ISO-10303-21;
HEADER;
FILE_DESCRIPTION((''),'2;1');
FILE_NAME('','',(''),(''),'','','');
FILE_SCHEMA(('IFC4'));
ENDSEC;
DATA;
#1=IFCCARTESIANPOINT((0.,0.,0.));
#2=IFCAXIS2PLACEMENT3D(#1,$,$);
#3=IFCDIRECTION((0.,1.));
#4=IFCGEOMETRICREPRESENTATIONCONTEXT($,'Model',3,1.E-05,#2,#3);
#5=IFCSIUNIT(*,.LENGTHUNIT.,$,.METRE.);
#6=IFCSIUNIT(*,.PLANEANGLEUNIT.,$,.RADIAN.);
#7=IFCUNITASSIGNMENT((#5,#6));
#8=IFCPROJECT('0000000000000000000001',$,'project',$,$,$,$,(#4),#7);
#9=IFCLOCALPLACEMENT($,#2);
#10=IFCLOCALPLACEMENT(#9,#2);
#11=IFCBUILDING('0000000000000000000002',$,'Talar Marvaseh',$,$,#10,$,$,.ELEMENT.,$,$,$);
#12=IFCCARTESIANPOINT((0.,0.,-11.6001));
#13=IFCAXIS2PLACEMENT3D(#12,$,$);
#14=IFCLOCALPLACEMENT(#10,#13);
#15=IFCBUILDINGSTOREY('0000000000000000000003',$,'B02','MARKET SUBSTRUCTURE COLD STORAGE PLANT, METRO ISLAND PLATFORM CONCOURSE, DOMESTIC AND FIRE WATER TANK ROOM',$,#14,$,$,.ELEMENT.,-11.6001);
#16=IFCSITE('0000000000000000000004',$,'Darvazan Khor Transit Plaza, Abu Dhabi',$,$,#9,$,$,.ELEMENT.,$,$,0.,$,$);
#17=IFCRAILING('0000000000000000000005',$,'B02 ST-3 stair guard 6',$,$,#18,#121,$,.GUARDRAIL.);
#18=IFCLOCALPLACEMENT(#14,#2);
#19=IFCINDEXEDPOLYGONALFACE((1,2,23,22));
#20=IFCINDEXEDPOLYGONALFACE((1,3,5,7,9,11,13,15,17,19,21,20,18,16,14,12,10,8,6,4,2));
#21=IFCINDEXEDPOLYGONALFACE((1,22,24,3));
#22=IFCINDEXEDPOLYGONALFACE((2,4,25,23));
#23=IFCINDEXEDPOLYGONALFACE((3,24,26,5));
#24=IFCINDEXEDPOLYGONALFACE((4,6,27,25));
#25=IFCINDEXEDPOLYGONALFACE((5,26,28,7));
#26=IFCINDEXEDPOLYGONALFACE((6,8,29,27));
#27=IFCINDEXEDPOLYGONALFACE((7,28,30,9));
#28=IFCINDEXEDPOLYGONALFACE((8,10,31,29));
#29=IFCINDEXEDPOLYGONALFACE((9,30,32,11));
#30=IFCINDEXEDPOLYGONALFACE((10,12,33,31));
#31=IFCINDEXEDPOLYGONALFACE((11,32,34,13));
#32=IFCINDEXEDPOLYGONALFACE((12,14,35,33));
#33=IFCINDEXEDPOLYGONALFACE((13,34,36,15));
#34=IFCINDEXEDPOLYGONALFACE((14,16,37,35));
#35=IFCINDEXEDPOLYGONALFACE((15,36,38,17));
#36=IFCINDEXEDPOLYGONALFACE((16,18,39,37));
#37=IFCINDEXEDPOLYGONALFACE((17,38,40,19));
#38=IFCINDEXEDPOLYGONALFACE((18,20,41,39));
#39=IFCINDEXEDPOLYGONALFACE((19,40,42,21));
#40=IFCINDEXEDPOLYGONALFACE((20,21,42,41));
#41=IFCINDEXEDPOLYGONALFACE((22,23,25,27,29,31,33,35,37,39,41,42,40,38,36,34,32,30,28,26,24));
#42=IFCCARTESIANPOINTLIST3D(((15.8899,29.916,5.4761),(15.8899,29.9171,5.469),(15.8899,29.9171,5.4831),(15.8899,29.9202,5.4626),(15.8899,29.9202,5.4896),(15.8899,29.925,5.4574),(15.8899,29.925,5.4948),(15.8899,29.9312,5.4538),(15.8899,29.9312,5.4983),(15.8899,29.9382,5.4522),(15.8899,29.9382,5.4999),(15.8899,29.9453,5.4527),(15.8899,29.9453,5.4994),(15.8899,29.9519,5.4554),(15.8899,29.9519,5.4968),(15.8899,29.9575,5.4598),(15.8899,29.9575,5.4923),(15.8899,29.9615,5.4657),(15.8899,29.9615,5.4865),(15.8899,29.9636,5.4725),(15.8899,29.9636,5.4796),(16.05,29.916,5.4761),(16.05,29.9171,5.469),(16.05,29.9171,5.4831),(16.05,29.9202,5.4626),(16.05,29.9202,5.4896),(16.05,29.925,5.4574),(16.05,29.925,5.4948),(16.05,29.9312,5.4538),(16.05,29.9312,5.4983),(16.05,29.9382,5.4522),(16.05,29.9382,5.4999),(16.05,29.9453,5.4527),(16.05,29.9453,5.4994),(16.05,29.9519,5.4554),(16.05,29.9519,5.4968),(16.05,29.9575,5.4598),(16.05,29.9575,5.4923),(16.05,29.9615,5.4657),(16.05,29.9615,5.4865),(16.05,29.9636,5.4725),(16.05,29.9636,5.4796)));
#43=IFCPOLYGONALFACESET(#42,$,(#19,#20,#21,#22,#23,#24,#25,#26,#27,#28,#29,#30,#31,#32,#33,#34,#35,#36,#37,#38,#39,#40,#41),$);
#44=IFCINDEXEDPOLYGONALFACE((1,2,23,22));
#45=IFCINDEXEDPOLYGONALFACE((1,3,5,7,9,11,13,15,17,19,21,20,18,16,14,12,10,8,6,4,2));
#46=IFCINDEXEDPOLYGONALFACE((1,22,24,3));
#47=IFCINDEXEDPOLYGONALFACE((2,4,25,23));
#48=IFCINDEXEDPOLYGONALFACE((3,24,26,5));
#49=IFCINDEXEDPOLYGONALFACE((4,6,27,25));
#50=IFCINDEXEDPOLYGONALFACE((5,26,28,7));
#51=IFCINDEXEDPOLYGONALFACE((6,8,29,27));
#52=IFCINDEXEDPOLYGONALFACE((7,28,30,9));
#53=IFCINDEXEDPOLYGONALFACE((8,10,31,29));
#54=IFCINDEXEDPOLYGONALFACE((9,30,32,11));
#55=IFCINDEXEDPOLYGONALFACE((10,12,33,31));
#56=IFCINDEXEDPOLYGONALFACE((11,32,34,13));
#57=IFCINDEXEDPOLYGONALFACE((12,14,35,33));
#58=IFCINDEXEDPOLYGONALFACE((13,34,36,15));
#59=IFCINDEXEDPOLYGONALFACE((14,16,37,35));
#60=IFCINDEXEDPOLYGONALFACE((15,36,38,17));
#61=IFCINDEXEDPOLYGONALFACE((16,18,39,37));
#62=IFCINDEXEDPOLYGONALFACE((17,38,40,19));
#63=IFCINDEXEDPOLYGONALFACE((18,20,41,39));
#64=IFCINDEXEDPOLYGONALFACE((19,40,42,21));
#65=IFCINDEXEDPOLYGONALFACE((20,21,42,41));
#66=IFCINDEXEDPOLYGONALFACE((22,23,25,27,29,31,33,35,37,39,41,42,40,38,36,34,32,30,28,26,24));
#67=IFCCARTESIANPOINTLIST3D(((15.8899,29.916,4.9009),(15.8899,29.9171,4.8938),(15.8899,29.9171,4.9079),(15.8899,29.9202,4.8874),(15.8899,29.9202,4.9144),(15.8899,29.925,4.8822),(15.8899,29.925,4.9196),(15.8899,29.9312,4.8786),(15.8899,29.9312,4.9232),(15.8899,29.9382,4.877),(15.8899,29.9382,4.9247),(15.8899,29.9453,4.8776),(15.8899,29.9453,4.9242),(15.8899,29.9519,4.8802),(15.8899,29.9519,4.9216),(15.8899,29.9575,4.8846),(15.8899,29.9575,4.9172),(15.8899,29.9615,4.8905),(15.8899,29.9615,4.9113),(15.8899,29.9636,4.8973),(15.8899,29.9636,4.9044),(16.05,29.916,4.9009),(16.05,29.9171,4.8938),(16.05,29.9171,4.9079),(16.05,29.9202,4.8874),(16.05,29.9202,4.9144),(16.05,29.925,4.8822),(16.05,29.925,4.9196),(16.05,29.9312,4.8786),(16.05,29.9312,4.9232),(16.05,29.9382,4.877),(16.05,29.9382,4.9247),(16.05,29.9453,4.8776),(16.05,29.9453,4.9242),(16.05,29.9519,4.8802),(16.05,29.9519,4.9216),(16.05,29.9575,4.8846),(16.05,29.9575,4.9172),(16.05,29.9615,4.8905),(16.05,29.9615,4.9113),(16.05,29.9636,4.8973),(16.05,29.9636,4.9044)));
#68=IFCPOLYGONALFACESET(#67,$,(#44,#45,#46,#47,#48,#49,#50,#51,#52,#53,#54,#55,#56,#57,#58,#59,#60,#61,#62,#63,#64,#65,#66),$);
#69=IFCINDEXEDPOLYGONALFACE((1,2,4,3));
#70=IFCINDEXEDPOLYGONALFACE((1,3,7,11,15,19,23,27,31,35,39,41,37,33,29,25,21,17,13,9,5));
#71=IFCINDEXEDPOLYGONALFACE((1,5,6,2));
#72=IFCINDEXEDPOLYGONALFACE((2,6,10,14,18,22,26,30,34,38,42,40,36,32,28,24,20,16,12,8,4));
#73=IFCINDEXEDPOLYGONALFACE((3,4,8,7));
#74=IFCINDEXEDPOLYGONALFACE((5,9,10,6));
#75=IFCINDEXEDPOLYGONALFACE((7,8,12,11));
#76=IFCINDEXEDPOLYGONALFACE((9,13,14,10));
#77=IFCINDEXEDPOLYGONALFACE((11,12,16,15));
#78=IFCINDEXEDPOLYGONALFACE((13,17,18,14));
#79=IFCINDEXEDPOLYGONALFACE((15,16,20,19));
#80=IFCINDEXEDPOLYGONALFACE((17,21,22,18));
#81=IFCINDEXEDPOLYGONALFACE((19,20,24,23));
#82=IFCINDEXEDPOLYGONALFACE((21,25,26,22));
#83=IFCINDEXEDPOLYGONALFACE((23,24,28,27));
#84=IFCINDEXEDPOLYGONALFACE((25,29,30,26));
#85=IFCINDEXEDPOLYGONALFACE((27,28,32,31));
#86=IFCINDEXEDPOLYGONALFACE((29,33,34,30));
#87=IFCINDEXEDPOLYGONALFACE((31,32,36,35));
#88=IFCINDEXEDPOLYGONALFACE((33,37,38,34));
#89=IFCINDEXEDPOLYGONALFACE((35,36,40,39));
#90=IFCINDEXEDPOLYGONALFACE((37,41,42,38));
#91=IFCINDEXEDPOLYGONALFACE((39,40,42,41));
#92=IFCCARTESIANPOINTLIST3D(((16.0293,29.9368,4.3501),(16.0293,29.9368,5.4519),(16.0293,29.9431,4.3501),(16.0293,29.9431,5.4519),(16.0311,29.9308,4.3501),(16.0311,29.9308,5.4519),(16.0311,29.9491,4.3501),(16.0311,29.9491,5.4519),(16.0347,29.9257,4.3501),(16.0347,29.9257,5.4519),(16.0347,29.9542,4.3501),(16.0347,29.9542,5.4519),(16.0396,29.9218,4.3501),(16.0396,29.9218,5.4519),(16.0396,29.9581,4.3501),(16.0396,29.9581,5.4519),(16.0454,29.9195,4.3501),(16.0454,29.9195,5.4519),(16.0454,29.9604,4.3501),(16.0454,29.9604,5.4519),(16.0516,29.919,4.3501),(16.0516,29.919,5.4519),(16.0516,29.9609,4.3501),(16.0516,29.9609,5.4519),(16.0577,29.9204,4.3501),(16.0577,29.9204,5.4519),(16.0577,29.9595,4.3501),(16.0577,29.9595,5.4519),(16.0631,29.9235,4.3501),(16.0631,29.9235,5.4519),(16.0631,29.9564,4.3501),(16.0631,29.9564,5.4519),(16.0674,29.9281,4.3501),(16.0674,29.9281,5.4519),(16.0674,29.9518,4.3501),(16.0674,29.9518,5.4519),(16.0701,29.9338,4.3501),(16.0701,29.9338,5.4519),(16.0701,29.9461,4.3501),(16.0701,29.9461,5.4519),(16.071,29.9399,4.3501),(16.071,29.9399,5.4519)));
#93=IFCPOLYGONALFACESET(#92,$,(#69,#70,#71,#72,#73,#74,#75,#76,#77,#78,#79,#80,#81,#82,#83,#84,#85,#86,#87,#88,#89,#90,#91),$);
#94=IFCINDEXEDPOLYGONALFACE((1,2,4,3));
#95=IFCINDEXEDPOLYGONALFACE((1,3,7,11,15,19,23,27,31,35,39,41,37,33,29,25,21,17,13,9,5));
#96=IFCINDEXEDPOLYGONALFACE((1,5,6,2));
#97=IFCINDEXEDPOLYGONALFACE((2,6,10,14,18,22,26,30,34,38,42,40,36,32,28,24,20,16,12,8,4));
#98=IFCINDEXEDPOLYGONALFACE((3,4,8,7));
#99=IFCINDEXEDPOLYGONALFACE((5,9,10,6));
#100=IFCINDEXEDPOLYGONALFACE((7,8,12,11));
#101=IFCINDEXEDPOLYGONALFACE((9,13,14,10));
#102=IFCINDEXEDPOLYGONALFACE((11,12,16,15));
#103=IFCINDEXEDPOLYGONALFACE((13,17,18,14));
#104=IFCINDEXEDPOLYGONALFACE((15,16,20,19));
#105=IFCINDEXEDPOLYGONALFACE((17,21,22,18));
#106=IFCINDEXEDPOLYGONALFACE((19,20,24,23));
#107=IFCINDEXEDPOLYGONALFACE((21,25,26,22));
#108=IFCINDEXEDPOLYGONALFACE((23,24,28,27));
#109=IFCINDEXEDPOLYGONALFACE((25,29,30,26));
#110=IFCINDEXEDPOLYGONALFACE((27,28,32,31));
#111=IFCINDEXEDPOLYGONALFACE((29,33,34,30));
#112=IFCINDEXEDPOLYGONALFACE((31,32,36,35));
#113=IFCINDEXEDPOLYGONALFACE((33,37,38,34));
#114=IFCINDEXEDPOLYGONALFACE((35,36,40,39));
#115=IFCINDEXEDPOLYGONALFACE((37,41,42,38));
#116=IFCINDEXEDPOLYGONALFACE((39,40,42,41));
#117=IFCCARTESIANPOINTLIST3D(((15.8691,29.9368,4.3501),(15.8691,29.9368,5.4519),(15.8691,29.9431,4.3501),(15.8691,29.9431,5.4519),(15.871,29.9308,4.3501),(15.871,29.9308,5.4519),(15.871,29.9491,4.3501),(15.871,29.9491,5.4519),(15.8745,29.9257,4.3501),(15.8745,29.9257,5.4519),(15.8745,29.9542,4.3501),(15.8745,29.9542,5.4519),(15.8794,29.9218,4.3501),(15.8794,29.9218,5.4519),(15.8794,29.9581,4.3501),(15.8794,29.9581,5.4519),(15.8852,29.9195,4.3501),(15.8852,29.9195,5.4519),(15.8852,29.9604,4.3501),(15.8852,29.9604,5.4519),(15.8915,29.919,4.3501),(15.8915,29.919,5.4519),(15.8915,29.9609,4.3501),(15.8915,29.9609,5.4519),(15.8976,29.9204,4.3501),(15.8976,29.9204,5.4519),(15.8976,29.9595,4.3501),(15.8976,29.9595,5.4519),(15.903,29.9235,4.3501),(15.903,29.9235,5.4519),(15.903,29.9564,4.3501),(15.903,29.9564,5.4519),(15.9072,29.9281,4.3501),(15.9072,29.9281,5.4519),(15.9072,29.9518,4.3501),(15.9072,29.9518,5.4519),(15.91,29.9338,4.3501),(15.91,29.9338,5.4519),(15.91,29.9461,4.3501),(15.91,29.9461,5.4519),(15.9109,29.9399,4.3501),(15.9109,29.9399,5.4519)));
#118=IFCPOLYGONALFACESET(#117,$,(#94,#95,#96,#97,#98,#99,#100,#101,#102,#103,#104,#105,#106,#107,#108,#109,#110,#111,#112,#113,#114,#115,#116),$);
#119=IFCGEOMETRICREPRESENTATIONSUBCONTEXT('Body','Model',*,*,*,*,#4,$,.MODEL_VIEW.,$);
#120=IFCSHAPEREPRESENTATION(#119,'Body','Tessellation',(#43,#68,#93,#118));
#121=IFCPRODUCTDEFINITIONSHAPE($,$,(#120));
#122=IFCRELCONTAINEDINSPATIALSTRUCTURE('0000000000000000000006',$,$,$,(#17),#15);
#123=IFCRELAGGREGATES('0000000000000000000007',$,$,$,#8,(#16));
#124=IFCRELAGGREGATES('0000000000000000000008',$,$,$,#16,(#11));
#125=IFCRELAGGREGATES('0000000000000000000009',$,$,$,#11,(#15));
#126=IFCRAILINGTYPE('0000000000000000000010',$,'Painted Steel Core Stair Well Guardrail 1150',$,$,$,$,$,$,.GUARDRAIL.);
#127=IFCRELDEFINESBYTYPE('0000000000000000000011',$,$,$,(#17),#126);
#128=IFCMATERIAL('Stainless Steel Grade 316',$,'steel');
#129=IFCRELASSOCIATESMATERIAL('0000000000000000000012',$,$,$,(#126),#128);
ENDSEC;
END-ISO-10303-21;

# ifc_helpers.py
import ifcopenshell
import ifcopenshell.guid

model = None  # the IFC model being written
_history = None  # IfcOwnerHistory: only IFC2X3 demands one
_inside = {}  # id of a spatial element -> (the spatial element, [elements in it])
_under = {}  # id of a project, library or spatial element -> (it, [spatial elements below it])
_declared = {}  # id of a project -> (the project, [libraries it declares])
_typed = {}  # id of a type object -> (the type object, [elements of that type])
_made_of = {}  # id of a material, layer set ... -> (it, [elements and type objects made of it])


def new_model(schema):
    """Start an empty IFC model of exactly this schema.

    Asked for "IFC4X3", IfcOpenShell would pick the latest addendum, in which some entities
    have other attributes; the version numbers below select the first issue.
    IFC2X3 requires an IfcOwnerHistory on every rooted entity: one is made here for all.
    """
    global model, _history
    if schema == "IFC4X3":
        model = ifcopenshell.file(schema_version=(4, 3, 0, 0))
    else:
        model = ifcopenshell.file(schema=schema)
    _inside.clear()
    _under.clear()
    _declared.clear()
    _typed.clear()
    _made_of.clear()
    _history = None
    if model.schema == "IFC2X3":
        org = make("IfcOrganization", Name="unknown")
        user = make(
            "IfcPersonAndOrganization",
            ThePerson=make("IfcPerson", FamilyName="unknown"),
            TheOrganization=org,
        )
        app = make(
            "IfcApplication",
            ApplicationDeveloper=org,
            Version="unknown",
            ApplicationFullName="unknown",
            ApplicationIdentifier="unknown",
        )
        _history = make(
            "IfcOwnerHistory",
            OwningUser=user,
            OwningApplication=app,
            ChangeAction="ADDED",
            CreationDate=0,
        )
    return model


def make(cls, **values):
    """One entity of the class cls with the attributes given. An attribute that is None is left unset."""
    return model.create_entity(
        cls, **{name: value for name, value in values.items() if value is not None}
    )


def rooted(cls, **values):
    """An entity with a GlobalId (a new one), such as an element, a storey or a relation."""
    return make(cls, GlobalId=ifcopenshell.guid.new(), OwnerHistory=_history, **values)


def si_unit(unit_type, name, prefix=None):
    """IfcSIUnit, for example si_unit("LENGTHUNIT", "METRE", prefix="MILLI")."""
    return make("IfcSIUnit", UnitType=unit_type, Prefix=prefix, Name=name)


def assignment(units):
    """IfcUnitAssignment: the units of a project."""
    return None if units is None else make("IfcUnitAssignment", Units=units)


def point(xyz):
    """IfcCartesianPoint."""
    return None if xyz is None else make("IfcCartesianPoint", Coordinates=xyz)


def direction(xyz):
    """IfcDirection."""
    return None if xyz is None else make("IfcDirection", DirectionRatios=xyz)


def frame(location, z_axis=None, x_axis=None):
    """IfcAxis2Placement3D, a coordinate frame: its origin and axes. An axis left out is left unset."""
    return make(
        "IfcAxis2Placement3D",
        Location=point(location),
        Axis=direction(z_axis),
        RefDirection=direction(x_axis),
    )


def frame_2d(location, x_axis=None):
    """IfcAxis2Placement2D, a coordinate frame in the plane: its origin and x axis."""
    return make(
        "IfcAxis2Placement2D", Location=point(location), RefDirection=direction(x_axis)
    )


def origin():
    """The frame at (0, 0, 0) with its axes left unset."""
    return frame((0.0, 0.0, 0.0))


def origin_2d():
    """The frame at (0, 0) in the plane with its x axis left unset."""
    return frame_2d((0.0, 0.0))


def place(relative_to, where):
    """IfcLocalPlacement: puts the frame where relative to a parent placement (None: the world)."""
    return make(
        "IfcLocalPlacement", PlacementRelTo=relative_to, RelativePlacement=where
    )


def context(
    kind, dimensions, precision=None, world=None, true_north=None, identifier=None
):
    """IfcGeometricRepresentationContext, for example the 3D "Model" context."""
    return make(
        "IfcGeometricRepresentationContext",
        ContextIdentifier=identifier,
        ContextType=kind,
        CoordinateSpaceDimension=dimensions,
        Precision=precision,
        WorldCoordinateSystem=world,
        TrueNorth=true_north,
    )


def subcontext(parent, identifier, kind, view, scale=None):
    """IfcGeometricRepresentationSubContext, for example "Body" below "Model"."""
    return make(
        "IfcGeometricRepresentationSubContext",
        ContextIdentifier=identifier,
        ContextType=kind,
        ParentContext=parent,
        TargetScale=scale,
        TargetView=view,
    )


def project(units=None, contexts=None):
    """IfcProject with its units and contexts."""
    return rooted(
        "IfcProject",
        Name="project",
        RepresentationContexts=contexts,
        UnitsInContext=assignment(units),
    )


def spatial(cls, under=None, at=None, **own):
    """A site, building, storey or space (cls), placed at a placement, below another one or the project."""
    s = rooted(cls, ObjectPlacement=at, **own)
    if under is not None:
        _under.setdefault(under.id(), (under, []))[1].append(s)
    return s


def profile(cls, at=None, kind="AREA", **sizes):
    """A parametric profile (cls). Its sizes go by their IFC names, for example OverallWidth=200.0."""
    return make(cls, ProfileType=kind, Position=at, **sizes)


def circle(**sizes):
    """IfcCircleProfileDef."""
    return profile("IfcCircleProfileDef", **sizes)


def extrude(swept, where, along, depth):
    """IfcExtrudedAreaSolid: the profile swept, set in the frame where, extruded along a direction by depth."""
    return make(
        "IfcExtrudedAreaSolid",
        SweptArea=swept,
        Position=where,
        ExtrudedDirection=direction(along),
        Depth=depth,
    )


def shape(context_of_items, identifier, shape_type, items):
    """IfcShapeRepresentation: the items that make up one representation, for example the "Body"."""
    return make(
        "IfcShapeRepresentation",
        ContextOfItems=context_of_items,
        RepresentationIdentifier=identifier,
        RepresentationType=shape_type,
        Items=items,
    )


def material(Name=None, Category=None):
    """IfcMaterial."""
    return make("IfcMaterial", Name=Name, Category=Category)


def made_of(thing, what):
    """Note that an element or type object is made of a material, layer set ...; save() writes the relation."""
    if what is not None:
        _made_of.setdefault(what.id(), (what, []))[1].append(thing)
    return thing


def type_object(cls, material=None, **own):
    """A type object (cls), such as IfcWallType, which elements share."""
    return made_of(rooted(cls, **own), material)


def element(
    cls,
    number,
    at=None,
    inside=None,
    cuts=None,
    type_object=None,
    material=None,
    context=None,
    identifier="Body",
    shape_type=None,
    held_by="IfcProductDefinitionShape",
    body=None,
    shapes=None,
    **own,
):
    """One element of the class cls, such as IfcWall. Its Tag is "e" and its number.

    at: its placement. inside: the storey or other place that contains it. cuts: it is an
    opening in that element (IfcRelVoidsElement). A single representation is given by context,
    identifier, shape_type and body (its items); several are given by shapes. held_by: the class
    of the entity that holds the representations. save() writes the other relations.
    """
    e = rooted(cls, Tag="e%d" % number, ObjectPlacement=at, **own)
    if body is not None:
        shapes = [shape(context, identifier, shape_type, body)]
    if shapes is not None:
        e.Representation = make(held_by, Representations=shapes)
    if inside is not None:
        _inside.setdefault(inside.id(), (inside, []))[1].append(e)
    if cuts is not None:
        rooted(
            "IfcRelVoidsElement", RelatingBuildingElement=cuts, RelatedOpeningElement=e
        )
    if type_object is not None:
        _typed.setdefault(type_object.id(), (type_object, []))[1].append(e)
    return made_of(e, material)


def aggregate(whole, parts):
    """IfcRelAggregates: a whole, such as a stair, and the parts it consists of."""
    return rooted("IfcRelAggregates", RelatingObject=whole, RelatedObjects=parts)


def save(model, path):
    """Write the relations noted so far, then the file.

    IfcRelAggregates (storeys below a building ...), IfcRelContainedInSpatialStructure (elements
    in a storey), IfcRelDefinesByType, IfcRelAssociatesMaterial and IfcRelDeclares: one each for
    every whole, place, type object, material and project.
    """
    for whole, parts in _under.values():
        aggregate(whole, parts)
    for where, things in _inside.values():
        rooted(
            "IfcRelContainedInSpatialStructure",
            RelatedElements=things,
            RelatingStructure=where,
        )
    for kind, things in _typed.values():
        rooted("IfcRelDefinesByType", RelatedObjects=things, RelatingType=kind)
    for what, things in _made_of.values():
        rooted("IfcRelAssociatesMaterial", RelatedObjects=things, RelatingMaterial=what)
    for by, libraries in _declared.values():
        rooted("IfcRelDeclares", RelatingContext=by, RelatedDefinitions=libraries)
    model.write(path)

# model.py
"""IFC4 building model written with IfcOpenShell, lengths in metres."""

from ifc_helpers import new_model, si_unit, direction, frame, origin, origin_2d, place, context, subcontext, project, spatial, circle, extrude, material, type_object, element, save


model = new_model("IFC4")

# Units and contexts
model_context = context("Model", 3, precision=1e-05, world=origin(), true_north=direction((0.0, 1.0)))
body_context = subcontext(model_context, "Body", "Model", "MODEL_VIEW")
ifc_project = project(units=[si_unit("LENGTHUNIT", "METRE"), si_unit("PLANEANGLEUNIT", "RADIAN")], contexts=[model_context])

# Site, building, storey
site_placement = place(None, origin())
site = spatial("IfcSite", under=ifc_project, at=site_placement, Name="Darvazan Khor Transit Plaza, Abu Dhabi", CompositionType="ELEMENT", RefElevation=0.0)
building_placement = place(site_placement, origin())
building = spatial("IfcBuilding", under=site, at=building_placement, Name="Talar Marvaseh", CompositionType="ELEMENT")
storey_placement = place(building_placement, frame((0.0, 0.0, -11.6001)))
storey = spatial("IfcBuildingStorey", under=building, at=storey_placement, Name="B02", Description="MARKET SUBSTRUCTURE COLD STORAGE PLANT, METRO ISLAND PLATFORM CONCOURSE, DOMESTIC AND FIRE WATER TANK ROOM", CompositionType="ELEMENT", Elevation=-11.6001)

# Railing
ifc_material_1 = material(Name="Stainless Steel Grade 316", Category="steel")
railing_type_1 = type_object("IfcRailingType", Name="Painted Steel Core Stair Well Guardrail 1150", PredefinedType="GUARDRAIL", material=ifc_material_1)
railing_1_placement = place(storey_placement, frame((16.05, 29.9399, 4.3501)))
element("IfcRailing", 1, at=railing_1_placement, inside=storey, type_object=railing_type_1, Name="B02 ST-3 stair guard 6", PredefinedType="GUARDRAIL", context=body_context, shape_type="SweptSolid", body=[
    extrude(circle(Radius=0.0239, at=origin_2d()), frame((0.0, 0.0, 1.126), z_axis=(-1.0, 0.0, 0.0), x_axis=(0.0, -1.0, 0.0)), (0.0, 0.0, 1.0), 0.1602),
    extrude(circle(Radius=0.0239, at=origin_2d()), frame((0.0, 0.0, 0.5508), z_axis=(-1.0, 0.0, 0.0), x_axis=(0.0, -1.0, 0.0)), (0.0, 0.0, 1.0), 0.1602),
    extrude(circle(Radius=0.021, at=origin_2d()), origin(), (0.0, 0.0, 1.0), 1.1018),
    extrude(circle(Radius=0.021, at=origin_2d()), frame((-0.1602, 0.0, 0.0)), (0.0, 0.0, 1.0), 1.1018),
])

save(model, "model.ifc")
